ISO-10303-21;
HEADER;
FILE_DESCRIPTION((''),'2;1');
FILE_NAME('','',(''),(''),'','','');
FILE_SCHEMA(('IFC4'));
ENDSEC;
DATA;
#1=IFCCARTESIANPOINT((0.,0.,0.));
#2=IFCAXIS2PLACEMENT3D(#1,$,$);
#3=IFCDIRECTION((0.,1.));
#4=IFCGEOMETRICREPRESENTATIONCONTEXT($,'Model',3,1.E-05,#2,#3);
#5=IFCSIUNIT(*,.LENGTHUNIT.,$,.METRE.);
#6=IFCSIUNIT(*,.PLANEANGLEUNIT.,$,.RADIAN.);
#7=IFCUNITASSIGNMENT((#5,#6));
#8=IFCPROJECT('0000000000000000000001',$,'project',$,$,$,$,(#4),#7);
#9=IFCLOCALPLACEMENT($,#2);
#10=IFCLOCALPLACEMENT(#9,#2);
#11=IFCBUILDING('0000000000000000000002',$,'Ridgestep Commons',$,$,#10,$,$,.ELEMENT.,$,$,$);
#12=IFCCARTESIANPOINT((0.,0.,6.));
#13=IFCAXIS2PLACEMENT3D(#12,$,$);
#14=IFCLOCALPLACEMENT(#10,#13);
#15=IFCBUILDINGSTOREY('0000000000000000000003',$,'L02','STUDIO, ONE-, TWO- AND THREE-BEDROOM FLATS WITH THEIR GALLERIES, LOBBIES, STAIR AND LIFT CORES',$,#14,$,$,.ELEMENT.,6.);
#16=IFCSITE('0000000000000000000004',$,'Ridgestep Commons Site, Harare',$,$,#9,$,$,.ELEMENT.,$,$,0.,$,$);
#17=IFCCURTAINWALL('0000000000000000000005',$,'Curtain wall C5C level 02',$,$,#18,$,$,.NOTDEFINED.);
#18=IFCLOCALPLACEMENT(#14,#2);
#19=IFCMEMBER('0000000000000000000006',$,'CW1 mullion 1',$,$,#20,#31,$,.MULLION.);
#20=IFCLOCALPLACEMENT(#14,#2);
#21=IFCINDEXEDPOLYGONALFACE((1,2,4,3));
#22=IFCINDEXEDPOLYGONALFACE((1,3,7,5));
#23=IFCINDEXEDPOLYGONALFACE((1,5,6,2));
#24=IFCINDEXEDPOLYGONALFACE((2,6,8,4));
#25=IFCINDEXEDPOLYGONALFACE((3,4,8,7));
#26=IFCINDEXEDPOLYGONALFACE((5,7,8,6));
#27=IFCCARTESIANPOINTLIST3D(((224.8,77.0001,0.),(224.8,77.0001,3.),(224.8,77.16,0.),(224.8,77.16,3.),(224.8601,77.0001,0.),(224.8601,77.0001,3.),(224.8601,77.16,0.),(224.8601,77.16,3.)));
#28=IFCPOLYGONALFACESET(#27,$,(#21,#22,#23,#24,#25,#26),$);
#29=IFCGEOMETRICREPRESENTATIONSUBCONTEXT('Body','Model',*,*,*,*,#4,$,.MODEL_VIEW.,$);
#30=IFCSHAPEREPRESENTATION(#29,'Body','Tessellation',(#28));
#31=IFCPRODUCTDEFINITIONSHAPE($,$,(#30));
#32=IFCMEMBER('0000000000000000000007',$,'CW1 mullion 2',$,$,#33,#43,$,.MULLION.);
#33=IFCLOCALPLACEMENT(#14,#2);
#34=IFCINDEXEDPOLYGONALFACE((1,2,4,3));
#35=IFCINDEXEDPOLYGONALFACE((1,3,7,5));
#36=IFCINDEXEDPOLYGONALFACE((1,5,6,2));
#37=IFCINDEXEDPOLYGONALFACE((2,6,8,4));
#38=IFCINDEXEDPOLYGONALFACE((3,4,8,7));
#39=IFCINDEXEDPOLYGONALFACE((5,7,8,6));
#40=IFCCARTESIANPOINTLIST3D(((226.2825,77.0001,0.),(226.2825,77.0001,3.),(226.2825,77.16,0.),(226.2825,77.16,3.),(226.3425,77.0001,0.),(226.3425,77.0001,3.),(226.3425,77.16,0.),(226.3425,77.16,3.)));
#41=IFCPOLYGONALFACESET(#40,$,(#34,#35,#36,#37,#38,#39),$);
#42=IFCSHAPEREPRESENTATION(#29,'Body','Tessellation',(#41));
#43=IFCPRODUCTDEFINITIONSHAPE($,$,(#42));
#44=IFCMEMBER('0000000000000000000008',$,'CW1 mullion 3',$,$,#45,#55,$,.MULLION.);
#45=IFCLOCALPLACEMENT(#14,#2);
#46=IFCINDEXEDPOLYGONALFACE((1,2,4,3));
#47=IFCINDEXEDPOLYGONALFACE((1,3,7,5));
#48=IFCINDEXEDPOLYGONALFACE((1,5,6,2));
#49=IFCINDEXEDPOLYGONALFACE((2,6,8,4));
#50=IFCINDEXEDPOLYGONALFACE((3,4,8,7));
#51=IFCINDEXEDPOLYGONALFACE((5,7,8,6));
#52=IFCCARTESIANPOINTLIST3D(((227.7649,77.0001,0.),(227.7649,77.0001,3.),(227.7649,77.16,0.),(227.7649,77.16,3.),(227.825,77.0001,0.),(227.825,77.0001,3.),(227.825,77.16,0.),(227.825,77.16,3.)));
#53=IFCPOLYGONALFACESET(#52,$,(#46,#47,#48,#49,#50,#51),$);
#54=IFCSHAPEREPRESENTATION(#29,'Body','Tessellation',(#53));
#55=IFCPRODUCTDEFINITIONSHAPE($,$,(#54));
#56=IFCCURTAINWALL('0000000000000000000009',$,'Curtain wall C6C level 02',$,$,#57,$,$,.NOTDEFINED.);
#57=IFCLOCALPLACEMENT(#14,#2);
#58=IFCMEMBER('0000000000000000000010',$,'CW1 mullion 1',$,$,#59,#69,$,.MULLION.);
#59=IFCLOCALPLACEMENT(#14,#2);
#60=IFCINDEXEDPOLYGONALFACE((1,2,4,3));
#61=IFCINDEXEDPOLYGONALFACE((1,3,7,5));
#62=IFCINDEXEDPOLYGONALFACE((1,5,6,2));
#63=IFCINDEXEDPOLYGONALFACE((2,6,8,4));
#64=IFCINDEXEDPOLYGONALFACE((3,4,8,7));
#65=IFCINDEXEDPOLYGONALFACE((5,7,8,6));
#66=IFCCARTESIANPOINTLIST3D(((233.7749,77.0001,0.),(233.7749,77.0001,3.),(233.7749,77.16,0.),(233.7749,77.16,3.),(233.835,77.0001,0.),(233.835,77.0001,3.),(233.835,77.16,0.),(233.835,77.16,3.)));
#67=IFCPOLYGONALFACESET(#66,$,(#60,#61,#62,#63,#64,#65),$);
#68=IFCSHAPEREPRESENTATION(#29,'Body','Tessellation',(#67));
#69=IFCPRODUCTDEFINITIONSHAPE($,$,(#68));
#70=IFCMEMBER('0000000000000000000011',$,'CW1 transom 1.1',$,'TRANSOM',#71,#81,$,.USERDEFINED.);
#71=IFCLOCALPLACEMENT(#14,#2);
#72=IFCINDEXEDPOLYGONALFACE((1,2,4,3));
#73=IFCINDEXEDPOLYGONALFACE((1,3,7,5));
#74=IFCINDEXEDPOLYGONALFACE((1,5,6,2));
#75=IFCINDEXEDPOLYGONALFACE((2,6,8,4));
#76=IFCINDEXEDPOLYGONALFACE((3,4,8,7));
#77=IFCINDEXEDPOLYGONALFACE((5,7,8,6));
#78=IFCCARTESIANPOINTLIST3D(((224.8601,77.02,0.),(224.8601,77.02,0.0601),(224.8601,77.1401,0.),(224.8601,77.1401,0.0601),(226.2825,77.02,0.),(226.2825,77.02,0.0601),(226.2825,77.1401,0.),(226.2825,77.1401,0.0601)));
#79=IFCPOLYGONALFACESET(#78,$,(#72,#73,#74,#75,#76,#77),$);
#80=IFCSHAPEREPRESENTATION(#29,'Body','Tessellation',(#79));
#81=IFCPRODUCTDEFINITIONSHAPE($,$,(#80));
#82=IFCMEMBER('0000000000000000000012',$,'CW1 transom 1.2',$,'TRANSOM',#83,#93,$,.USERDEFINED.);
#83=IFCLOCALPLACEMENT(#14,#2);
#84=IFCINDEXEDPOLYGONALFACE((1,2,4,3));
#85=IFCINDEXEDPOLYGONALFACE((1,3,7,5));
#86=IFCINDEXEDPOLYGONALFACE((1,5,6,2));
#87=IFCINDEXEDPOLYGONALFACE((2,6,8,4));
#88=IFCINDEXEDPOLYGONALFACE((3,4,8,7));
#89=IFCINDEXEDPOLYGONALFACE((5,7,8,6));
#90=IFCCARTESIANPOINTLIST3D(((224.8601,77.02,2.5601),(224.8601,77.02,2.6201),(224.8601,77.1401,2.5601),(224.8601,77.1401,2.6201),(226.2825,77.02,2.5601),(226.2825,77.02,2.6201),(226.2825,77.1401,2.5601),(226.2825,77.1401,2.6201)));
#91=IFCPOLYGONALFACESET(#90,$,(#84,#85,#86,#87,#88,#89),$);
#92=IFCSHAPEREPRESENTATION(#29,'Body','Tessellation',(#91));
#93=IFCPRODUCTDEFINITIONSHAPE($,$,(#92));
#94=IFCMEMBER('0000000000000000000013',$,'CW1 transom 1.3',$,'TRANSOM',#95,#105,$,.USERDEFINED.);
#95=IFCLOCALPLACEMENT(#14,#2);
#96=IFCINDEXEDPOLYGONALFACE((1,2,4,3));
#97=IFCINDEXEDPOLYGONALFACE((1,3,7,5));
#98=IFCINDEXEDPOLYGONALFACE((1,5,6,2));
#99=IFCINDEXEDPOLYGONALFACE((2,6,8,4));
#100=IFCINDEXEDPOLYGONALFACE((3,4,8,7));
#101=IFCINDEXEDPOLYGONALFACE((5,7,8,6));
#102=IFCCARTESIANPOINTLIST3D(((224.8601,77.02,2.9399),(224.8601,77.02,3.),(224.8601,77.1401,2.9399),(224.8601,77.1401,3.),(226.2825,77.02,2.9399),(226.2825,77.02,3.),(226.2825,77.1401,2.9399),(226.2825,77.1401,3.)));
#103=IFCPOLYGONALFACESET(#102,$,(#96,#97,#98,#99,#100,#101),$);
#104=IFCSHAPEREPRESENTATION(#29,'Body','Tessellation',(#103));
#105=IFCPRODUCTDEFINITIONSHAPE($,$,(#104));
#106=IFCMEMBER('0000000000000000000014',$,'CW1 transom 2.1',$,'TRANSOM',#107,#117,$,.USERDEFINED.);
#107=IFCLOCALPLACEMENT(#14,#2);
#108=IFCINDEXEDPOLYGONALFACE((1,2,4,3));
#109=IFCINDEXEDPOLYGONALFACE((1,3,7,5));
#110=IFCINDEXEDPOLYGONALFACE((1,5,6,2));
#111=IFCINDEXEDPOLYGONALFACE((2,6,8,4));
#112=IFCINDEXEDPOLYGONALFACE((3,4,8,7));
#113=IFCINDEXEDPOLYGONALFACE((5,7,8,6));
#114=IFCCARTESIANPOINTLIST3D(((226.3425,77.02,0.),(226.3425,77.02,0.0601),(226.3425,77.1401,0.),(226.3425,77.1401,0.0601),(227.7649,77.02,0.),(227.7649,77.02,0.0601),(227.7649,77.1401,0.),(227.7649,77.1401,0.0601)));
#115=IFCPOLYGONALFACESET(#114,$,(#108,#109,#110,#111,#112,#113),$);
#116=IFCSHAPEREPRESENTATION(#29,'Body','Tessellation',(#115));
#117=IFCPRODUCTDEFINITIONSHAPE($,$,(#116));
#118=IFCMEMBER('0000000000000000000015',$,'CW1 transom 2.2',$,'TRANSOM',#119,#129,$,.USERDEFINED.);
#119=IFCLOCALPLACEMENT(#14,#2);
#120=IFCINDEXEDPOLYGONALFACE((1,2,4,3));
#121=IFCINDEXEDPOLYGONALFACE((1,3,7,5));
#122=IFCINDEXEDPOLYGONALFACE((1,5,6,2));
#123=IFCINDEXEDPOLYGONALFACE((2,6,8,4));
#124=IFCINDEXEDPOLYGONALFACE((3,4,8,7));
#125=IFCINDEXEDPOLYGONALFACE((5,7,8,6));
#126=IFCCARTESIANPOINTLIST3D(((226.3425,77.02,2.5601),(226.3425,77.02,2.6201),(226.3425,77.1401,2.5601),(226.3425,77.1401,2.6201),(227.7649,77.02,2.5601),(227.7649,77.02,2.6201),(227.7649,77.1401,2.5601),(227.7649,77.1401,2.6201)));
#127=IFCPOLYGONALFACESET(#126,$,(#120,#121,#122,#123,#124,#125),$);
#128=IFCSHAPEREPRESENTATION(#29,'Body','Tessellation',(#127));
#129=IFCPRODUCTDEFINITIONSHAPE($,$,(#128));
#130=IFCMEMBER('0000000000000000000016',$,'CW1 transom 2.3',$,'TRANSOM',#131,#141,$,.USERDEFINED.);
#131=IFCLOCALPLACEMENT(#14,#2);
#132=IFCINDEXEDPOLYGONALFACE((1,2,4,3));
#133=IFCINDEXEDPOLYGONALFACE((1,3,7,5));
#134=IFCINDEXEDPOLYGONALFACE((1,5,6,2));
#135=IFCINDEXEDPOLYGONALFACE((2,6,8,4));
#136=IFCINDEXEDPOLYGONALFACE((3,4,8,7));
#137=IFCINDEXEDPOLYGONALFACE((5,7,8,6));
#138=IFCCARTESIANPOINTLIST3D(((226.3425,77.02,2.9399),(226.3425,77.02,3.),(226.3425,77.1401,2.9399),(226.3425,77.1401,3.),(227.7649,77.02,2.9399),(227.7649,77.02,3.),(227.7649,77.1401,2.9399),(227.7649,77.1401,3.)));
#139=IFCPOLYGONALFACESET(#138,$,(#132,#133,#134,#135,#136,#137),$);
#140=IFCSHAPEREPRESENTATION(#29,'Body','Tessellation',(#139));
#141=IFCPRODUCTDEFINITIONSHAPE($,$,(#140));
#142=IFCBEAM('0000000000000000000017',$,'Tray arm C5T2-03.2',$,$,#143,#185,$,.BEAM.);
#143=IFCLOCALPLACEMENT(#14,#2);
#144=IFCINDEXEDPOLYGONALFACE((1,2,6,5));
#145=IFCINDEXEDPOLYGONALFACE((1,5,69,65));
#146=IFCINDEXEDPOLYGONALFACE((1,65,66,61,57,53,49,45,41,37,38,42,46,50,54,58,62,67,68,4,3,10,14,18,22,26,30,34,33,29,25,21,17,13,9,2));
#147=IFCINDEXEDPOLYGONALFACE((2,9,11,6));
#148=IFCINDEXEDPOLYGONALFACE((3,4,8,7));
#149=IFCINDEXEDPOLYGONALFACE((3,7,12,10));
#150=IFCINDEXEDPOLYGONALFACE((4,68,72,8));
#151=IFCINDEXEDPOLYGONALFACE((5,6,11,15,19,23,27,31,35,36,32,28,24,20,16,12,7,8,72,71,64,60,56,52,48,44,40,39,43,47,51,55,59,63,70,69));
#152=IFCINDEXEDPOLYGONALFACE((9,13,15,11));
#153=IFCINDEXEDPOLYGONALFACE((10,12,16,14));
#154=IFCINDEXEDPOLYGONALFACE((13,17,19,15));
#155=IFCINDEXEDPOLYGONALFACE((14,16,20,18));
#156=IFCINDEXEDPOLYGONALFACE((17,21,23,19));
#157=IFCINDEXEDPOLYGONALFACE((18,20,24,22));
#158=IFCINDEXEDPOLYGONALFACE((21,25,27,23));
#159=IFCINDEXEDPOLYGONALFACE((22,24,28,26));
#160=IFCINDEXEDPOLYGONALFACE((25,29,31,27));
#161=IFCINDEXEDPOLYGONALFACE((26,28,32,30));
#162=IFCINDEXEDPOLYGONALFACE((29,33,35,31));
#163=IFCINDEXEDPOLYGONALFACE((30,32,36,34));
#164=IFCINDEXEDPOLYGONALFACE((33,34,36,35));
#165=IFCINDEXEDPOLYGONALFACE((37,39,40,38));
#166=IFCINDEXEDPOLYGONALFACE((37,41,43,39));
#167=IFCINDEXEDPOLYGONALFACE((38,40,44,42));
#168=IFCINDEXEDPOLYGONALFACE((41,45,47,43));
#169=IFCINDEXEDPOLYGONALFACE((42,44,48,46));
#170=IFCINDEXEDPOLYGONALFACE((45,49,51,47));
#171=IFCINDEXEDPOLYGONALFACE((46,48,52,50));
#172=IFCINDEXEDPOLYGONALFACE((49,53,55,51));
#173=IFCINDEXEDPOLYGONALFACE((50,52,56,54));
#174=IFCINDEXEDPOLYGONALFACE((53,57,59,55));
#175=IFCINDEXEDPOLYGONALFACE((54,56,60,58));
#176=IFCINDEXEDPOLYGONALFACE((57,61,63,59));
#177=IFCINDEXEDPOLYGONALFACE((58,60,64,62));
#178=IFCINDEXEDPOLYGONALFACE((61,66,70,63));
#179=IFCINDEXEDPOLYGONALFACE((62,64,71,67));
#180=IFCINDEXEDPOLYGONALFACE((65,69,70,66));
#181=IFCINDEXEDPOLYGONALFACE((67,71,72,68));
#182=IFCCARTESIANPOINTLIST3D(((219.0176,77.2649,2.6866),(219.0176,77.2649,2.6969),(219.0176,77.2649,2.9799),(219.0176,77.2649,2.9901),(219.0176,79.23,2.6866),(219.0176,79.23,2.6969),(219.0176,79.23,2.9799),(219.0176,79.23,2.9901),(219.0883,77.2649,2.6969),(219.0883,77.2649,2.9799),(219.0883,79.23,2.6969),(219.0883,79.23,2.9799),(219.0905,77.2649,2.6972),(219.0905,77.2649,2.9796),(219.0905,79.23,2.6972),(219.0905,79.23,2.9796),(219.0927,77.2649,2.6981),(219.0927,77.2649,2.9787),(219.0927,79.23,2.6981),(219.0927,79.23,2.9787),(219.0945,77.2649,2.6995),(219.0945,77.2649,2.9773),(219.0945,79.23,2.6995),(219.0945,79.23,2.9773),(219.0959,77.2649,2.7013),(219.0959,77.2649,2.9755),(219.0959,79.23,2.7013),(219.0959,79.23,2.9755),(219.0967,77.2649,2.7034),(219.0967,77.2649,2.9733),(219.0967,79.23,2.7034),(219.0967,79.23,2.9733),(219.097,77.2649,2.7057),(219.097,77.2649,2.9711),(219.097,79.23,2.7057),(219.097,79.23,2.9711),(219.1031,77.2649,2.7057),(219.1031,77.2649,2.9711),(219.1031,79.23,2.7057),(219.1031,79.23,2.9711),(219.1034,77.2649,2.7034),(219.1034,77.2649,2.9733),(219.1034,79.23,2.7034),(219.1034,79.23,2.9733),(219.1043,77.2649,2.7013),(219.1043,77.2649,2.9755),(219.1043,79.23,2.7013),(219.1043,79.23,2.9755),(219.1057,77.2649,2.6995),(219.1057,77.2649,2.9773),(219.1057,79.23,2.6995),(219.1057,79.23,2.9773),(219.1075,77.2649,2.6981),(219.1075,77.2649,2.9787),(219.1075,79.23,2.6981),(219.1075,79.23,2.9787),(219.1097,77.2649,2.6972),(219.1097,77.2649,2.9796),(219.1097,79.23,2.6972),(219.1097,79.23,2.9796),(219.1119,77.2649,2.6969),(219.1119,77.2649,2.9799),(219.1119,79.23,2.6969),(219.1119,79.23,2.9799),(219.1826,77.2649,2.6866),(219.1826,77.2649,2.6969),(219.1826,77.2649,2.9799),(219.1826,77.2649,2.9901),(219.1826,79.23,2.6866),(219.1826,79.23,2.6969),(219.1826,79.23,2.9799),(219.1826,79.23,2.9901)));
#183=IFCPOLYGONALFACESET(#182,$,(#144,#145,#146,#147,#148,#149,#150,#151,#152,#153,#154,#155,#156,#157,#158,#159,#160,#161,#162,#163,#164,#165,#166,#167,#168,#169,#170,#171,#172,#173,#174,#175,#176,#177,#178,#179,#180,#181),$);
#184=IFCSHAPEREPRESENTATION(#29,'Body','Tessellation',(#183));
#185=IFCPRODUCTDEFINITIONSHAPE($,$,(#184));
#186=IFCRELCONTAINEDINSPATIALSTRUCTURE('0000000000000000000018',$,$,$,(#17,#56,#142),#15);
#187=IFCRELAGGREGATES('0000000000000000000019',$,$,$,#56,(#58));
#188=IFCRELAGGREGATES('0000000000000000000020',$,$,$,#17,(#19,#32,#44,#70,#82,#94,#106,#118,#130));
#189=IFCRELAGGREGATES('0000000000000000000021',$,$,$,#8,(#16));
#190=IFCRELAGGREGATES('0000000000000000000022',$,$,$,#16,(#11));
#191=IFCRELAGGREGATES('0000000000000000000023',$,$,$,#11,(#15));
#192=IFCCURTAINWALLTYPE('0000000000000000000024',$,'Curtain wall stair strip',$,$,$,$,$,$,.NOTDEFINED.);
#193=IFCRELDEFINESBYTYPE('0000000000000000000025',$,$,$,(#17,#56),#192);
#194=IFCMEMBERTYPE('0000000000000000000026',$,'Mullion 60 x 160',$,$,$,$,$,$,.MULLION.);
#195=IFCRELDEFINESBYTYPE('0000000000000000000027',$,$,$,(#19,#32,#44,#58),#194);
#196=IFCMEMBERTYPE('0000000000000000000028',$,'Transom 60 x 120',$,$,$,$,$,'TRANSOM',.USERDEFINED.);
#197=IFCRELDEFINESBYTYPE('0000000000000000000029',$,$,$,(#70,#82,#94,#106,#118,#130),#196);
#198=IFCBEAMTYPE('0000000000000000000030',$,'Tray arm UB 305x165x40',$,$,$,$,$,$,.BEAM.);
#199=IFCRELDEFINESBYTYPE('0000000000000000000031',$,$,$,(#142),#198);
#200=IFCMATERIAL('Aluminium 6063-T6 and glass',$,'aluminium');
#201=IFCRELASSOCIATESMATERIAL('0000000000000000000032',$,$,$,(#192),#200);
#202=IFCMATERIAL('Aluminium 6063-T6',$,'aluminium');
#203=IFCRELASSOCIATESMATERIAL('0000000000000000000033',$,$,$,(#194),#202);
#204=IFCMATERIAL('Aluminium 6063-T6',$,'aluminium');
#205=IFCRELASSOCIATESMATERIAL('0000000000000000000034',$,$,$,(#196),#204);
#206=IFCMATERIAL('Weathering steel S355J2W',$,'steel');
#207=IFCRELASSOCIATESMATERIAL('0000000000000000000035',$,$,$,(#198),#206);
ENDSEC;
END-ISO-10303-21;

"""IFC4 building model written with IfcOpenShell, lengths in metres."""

from ifc_helpers import new_model, si_unit, direction, frame, origin, origin_2d, place, context, subcontext, project, spatial, rectangle, i_section, extrude, material, material_profile, profile_set, type_object, element, aggregate, save


model = new_model("IFC4")

# Units and contexts
model_context = context("Model", 3, precision=1e-05, world=origin(), true_north=direction((0.0, 1.0)))
body_context = subcontext(model_context, "Body", "Model", "MODEL_VIEW")
ifc_project = project(units=[si_unit("LENGTHUNIT", "METRE"), si_unit("PLANEANGLEUNIT", "RADIAN")], contexts=[model_context])

# Site, building, storey
site_placement = place(None, origin())
site = spatial("IfcSite", under=ifc_project, at=site_placement, Name="Ridgestep Commons Site, Harare", CompositionType="ELEMENT", RefElevation=0.0)
building_placement = place(site_placement, origin())
building = spatial("IfcBuilding", under=site, at=building_placement, Name="Ridgestep Commons", CompositionType="ELEMENT")
storey_placement = place(building_placement, frame((0.0, 0.0, 6.0)))
storey = spatial("IfcBuildingStorey", under=building, at=storey_placement, Name="L02", Description="STUDIO, ONE-, TWO- AND THREE-BEDROOM FLATS WITH THEIR GALLERIES, LOBBIES, STAIR AND LIFT CORES", CompositionType="ELEMENT", Elevation=6.0)

# Curtain wall, members
ifc_material_1 = material(Name="Aluminium 6063-T6 and glass", Category="aluminium")
curtain_wall_type = type_object("IfcCurtainWallType", Name="Curtain wall stair strip", PredefinedType="NOTDEFINED", material=ifc_material_1)
curtain_wall_1_placement = place(storey_placement, origin())
curtain_wall_1 = element("IfcCurtainWall", 1, at=curtain_wall_1_placement, inside=storey, type_object=curtain_wall_type, Name="Curtain wall C5C level 02", PredefinedType="NOTDEFINED")
ifc_material_2 = material(Name="Aluminium 6063-T6", Category="aluminium")
ifc_material_profile_1 = material_profile(ifc_material_2, rectangle(XDim=0.1599, YDim=0.0601, at=origin_2d()), Name="Mullion 60 x 160")
ifc_profile_set_1 = profile_set([ifc_material_profile_1], Name="Aluminium 6063-T6")
member_type_1 = type_object("IfcMemberType", Name="Mullion 60 x 160", PredefinedType="MULLION", material=ifc_profile_set_1)
member_1_placement = place(storey_placement, frame((224.8301, 77.0801, 0.0), z_axis=(0.0, 0.0, 1.0), x_axis=(0.0, 1.0, 0.0)))
member_1 = element("IfcMember", 2, at=member_1_placement, type_object=member_type_1, Name="CW1 mullion 1", PredefinedType="MULLION", context=body_context, shape_type="SweptSolid", body=[
    extrude(rectangle(XDim=0.1599, YDim=0.0601, at=origin_2d()), origin(), (0.0, 0.0, 1.0), 3.0),
])
member_2_placement = place(storey_placement, frame((226.3125, 77.0801, 0.0), z_axis=(0.0, 0.0, 1.0), x_axis=(0.0, 1.0, 0.0)))
member_2 = element("IfcMember", 3, at=member_2_placement, type_object=member_type_1, Name="CW1 mullion 2", PredefinedType="MULLION", context=body_context, shape_type="SweptSolid", body=[
    extrude(rectangle(XDim=0.1599, YDim=0.0601, at=origin_2d()), origin(), (0.0, 0.0, 1.0), 3.0),
])
member_3_placement = place(storey_placement, frame((227.7949, 77.0801, 0.0), z_axis=(0.0, 0.0, 1.0), x_axis=(0.0, 1.0, 0.0)))
member_3 = element("IfcMember", 4, at=member_3_placement, type_object=member_type_1, Name="CW1 mullion 3", PredefinedType="MULLION", context=body_context, shape_type="SweptSolid", body=[
    extrude(rectangle(XDim=0.1599, YDim=0.0601, at=origin_2d()), origin(), (0.0, 0.0, 1.0), 3.0),
])

# Curtain wall, member
curtain_wall_2_placement = place(storey_placement, origin())
curtain_wall_2 = element("IfcCurtainWall", 5, at=curtain_wall_2_placement, inside=storey, type_object=curtain_wall_type, Name="Curtain wall C6C level 02", PredefinedType="NOTDEFINED")
member_4_placement = place(storey_placement, frame((233.8049, 77.0801, 0.0), z_axis=(0.0, 0.0, 1.0), x_axis=(0.0, 1.0, 0.0)))
member_4 = element("IfcMember", 6, at=member_4_placement, type_object=member_type_1, Name="CW1 mullion 1", PredefinedType="MULLION", context=body_context, shape_type="SweptSolid", body=[
    extrude(rectangle(XDim=0.1599, YDim=0.0601, at=origin_2d()), origin(), (0.0, 0.0, 1.0), 3.0),
])
aggregate(curtain_wall_2, [member_4])

# Members
ifc_material_3 = material(Name="Aluminium 6063-T6", Category="aluminium")
ifc_material_profile_2 = material_profile(ifc_material_3, rectangle(XDim=0.1201, YDim=0.0601, at=origin_2d()), Name="Transom 60 x 120")
ifc_profile_set_2 = profile_set([ifc_material_profile_2], Name="Aluminium 6063-T6")
member_type_2 = type_object("IfcMemberType", Name="Transom 60 x 120", ElementType="TRANSOM", PredefinedType="USERDEFINED", material=ifc_profile_set_2)
member_5_placement = place(storey_placement, frame((224.8601, 77.0801, 0.03), z_axis=(1.0, 0.0, 0.0), x_axis=(0.0, 1.0, 0.0)))
member_5 = element("IfcMember", 7, at=member_5_placement, type_object=member_type_2, Name="CW1 transom 1.1", ObjectType="TRANSOM", PredefinedType="USERDEFINED", context=body_context, shape_type="SweptSolid", body=[
    extrude(rectangle(XDim=0.1201, YDim=0.0601, at=origin_2d()), origin(), (0.0, 0.0, 1.0), 1.4224),
])
member_6_placement = place(storey_placement, frame((224.8601, 77.0801, 2.5901), z_axis=(1.0, 0.0, 0.0), x_axis=(0.0, 1.0, 0.0)))
member_6 = element("IfcMember", 8, at=member_6_placement, type_object=member_type_2, Name="CW1 transom 1.2", ObjectType="TRANSOM", PredefinedType="USERDEFINED", context=body_context, shape_type="SweptSolid", body=[
    extrude(rectangle(XDim=0.1201, YDim=0.0601, at=origin_2d()), origin(), (0.0, 0.0, 1.0), 1.4224),
])
member_7_placement = place(storey_placement, frame((224.8601, 77.0801, 2.97), z_axis=(1.0, 0.0, 0.0), x_axis=(0.0, 1.0, 0.0)))
member_7 = element("IfcMember", 9, at=member_7_placement, type_object=member_type_2, Name="CW1 transom 1.3", ObjectType="TRANSOM", PredefinedType="USERDEFINED", context=body_context, shape_type="SweptSolid", body=[
    extrude(rectangle(XDim=0.1201, YDim=0.0601, at=origin_2d()), origin(), (0.0, 0.0, 1.0), 1.4224),
])
member_8_placement = place(storey_placement, frame((226.3425, 77.0801, 0.03), z_axis=(1.0, 0.0, 0.0), x_axis=(0.0, 1.0, 0.0)))
member_8 = element("IfcMember", 10, at=member_8_placement, type_object=member_type_2, Name="CW1 transom 2.1", ObjectType="TRANSOM", PredefinedType="USERDEFINED", context=body_context, shape_type="SweptSolid", body=[
    extrude(rectangle(XDim=0.1201, YDim=0.0601, at=origin_2d()), origin(), (0.0, 0.0, 1.0), 1.4224),
])
member_9_placement = place(storey_placement, frame((226.3425, 77.0801, 2.5901), z_axis=(1.0, 0.0, 0.0), x_axis=(0.0, 1.0, 0.0)))
member_9 = element("IfcMember", 11, at=member_9_placement, type_object=member_type_2, Name="CW1 transom 2.2", ObjectType="TRANSOM", PredefinedType="USERDEFINED", context=body_context, shape_type="SweptSolid", body=[
    extrude(rectangle(XDim=0.1201, YDim=0.0601, at=origin_2d()), origin(), (0.0, 0.0, 1.0), 1.4224),
])
member_10_placement = place(storey_placement, frame((226.3425, 77.0801, 2.97), z_axis=(1.0, 0.0, 0.0), x_axis=(0.0, 1.0, 0.0)))
member_10 = element("IfcMember", 12, at=member_10_placement, type_object=member_type_2, Name="CW1 transom 2.3", ObjectType="TRANSOM", PredefinedType="USERDEFINED", context=body_context, shape_type="SweptSolid", body=[
    extrude(rectangle(XDim=0.1201, YDim=0.0601, at=origin_2d()), origin(), (0.0, 0.0, 1.0), 1.4224),
])

# Beam
ifc_material_4 = material(Name="Weathering steel S355J2W", Category="steel")
ifc_material_profile_3 = material_profile(ifc_material_4, i_section(OverallWidth=0.165, OverallDepth=0.3035, WebThickness=0.0061, FlangeThickness=0.0103, FilletRadius=0.0088, at=origin_2d()), Name="UB 305x165x40")
ifc_profile_set_3 = profile_set([ifc_material_profile_3], Name="Weathering steel S355J2W")
beam_type = type_object("IfcBeamType", Name="Tray arm UB 305x165x40", PredefinedType="BEAM", material=ifc_profile_set_3)
for number, where, z_axis, x_axis, name in (
    (13, (219.1001, 77.2649, 2.8384), (0.0, 1.0, 0.0), (-1.0, 0.0, 0.0), "Tray arm C5T2-03.2"),
):
    element("IfcBeam", number, at=place(storey_placement, frame(where, z_axis=z_axis, x_axis=x_axis)), inside=storey, type_object=beam_type, Name=name, PredefinedType="BEAM", context=body_context, shape_type="SweptSolid", body=[
        extrude(i_section(OverallWidth=0.165, OverallDepth=0.3035, WebThickness=0.0061, FlangeThickness=0.0103, FilletRadius=0.0088, at=origin_2d()), origin(), (0.0, 0.0, 1.0), 1.9651),
    ])

aggregate(curtain_wall_1, [member_1, member_2, member_3, member_5, member_6, member_7, member_8, member_9, member_10])

save(model, "model.ifc")
